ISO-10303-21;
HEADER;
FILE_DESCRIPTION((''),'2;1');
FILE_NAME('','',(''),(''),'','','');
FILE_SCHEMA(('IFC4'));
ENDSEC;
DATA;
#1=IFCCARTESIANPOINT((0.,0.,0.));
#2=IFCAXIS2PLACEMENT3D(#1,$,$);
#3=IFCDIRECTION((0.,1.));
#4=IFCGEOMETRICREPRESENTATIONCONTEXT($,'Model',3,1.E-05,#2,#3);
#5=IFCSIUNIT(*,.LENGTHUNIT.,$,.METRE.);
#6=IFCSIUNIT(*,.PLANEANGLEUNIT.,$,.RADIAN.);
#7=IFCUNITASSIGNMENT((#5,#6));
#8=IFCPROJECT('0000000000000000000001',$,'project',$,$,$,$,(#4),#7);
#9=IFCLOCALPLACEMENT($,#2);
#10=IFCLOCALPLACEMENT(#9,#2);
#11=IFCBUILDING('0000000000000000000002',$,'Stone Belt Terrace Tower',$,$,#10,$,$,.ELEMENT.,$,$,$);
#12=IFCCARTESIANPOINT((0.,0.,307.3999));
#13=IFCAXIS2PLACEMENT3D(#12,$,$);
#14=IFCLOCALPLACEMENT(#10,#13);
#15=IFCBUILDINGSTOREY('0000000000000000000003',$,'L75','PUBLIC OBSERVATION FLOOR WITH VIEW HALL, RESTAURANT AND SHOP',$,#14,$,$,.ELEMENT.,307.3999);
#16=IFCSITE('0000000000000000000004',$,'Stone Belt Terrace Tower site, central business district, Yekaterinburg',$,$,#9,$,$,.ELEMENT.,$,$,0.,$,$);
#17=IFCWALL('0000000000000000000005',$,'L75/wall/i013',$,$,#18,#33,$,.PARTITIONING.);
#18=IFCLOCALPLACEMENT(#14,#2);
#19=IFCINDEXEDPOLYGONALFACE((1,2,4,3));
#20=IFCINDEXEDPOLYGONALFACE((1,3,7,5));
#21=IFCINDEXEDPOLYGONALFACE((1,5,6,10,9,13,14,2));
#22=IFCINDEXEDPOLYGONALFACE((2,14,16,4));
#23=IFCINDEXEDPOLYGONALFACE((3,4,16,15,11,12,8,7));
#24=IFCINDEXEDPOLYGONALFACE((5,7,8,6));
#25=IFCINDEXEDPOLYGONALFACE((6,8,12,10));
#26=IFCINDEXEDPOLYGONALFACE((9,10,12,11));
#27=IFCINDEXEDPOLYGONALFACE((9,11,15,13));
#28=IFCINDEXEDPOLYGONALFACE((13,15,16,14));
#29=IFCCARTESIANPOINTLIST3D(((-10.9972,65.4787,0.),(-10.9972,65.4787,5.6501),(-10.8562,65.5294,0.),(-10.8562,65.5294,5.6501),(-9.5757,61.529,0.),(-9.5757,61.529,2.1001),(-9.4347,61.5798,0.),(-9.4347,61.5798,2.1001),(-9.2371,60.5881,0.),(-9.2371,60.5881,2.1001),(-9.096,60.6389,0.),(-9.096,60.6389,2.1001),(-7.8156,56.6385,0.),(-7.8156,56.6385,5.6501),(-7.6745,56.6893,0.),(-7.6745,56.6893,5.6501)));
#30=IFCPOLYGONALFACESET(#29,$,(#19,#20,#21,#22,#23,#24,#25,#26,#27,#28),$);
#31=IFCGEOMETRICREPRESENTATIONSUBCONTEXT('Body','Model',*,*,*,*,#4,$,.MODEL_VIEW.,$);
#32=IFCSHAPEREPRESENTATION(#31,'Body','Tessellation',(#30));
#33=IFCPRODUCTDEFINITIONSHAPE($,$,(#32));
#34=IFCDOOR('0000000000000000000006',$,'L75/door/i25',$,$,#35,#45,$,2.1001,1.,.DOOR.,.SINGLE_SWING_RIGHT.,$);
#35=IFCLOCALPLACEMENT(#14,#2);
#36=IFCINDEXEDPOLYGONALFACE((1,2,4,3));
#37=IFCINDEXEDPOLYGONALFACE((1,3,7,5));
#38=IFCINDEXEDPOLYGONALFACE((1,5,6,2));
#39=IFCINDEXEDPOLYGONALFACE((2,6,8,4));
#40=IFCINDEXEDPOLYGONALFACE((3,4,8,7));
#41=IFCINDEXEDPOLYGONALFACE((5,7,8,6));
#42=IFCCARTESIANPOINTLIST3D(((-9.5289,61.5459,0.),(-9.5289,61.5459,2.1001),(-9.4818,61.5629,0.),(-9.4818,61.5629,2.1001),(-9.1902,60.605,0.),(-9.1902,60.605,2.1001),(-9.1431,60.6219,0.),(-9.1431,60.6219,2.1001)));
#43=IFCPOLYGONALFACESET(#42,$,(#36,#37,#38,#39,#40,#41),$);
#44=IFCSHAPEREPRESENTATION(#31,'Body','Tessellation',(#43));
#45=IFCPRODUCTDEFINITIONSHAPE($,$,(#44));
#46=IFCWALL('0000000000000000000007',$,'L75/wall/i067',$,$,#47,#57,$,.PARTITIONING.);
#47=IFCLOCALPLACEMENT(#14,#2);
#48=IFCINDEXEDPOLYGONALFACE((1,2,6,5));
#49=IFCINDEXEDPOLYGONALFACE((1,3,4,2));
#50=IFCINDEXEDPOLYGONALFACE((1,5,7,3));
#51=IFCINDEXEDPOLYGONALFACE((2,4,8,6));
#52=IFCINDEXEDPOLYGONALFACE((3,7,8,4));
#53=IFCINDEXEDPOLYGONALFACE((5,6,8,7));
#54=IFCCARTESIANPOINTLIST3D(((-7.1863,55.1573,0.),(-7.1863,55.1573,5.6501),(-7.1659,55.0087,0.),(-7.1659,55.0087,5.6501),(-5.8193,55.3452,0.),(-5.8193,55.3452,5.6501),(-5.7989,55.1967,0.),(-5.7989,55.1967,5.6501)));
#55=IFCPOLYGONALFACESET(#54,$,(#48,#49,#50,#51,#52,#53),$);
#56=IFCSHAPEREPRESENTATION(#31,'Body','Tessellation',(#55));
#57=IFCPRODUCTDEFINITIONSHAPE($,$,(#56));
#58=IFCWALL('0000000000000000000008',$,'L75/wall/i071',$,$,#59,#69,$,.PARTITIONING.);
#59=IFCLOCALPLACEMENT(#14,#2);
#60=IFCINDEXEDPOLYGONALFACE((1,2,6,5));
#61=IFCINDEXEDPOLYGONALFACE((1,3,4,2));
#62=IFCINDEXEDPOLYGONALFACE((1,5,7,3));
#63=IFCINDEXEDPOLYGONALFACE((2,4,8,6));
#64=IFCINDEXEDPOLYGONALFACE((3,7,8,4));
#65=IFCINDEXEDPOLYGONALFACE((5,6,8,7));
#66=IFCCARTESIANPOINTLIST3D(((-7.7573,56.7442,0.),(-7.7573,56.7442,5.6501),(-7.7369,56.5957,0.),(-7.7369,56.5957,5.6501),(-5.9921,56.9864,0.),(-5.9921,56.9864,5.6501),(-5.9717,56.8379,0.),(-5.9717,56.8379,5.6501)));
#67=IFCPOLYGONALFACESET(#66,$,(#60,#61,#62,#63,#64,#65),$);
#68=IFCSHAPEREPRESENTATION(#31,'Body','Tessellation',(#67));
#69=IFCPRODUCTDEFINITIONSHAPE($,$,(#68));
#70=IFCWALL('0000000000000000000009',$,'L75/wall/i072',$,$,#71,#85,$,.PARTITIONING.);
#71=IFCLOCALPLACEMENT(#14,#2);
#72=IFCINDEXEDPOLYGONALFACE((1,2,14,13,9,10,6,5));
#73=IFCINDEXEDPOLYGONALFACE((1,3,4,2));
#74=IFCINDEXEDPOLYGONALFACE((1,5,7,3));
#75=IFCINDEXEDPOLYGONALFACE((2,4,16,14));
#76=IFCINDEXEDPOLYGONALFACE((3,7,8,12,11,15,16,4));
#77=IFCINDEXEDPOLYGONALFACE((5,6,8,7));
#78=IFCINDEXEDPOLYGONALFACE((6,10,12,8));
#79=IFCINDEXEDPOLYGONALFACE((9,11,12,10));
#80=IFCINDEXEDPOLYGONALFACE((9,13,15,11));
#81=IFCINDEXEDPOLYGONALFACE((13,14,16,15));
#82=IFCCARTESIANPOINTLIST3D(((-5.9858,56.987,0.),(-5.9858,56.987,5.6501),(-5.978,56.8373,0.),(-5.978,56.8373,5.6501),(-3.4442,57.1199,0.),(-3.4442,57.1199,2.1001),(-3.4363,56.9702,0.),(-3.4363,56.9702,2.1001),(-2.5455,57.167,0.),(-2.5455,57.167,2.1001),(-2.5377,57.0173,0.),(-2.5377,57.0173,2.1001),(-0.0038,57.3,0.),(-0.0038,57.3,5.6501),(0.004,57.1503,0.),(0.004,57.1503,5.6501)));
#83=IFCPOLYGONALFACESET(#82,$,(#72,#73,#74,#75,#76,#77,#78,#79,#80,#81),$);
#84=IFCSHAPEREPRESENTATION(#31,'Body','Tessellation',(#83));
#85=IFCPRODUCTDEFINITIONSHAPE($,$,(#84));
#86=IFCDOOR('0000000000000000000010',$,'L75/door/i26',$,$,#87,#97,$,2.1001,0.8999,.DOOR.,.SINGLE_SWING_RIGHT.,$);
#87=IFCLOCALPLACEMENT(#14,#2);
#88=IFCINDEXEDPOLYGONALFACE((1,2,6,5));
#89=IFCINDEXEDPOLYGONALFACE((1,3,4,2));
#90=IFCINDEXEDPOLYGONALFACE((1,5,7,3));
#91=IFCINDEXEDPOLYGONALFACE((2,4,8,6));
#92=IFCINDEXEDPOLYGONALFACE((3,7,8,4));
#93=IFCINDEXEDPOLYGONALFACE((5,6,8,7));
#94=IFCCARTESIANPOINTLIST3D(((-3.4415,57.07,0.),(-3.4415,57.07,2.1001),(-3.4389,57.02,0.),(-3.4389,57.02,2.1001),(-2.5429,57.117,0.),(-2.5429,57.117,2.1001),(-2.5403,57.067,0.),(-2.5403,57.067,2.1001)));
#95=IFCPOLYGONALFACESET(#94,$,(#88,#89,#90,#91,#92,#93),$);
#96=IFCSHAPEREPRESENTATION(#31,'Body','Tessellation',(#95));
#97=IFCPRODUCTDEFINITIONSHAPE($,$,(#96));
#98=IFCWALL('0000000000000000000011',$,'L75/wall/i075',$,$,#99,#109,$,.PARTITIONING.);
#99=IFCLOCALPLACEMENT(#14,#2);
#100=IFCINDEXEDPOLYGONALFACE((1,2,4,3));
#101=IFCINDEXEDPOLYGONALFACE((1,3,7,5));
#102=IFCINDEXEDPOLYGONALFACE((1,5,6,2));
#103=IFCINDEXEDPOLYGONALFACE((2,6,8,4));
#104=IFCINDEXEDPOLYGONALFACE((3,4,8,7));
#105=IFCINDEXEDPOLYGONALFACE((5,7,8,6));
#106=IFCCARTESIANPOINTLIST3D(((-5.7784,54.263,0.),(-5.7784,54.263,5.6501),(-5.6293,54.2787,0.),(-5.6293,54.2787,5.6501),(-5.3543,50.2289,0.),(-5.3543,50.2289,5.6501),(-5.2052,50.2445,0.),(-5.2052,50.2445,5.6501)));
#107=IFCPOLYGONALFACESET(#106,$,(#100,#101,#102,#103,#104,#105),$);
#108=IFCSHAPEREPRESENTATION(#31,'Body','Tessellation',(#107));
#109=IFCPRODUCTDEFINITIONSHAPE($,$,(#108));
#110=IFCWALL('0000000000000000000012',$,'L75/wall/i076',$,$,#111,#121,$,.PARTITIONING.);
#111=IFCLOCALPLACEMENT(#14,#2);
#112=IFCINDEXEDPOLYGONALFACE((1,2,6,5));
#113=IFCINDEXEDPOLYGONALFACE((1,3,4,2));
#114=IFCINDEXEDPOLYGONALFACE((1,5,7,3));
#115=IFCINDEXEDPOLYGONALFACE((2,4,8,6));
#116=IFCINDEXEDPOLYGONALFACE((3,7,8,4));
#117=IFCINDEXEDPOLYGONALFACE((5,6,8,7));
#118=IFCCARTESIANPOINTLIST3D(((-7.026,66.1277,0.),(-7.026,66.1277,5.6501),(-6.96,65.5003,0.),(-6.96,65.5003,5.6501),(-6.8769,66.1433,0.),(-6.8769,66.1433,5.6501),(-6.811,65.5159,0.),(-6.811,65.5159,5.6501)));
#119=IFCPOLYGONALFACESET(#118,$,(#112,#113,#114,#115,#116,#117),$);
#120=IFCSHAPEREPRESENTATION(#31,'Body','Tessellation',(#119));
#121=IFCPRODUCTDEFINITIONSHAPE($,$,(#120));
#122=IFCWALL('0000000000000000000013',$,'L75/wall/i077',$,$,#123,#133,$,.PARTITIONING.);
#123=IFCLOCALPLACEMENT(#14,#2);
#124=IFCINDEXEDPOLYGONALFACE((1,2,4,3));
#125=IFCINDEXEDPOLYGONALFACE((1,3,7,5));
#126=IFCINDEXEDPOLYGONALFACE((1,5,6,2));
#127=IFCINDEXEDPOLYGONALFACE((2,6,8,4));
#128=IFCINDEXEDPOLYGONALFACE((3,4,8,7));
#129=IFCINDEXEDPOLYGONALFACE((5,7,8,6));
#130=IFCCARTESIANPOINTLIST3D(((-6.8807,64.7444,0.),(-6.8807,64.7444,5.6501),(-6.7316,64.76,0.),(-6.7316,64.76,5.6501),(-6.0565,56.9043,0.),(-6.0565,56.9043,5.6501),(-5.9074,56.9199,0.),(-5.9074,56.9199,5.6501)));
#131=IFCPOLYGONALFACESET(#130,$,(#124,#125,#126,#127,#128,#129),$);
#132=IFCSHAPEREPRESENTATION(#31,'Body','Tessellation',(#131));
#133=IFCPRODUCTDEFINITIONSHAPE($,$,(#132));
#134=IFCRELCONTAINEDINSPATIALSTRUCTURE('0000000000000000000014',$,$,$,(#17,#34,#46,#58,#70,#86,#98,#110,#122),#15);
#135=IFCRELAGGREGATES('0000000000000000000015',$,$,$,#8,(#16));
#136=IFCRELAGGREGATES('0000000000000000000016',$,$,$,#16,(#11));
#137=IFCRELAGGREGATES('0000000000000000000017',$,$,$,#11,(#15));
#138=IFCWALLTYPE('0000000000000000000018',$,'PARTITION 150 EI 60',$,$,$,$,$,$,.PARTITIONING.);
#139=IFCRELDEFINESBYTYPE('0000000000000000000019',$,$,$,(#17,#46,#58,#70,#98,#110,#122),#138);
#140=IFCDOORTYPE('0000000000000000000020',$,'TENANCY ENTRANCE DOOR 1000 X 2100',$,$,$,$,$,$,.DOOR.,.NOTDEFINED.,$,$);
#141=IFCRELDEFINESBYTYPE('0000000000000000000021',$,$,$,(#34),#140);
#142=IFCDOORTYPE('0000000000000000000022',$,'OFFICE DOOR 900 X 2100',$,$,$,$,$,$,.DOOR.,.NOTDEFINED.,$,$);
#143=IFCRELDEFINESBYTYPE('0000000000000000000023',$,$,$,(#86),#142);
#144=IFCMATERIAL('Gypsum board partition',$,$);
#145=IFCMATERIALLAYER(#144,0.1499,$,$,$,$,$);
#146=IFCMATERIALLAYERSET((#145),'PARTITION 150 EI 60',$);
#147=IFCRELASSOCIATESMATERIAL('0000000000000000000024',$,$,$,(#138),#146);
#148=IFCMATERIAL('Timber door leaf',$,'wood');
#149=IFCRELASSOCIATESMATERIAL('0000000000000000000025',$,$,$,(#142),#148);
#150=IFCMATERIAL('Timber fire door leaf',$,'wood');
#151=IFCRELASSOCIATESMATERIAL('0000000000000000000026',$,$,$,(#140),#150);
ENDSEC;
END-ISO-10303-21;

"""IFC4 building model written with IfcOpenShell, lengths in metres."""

from ifc_helpers import new_model, si_unit, direction, frame, frame_2d, origin, place, context, subcontext, project, spatial, rectangle, extrude, material, layer, layer_set, type_object, element, fill, save


model = new_model("IFC4")

# Units and contexts
model_context = context("Model", 3, precision=1e-05, world=origin(), true_north=direction((0.0, 1.0)))
body_context = subcontext(model_context, "Body", "Model", "MODEL_VIEW")
ifc_project = project(units=[si_unit("LENGTHUNIT", "METRE"), si_unit("PLANEANGLEUNIT", "RADIAN")], contexts=[model_context])

# Site, building, storey
site_placement = place(None, origin())
site = spatial("IfcSite", under=ifc_project, at=site_placement, Name="Stone Belt Terrace Tower site, central business district, Yekaterinburg", CompositionType="ELEMENT", RefElevation=0.0)
building_placement = place(site_placement, origin())
building = spatial("IfcBuilding", under=site, at=building_placement, Name="Stone Belt Terrace Tower", CompositionType="ELEMENT")
storey_placement = place(building_placement, frame((0.0, 0.0, 307.3999)))
storey = spatial("IfcBuildingStorey", under=building, at=storey_placement, Name="L75", Description="PUBLIC OBSERVATION FLOOR WITH VIEW HALL, RESTAURANT AND SHOP", CompositionType="ELEMENT", Elevation=307.3999)

# Wall, opening, door
ifc_material_1 = material(Name="Gypsum board partition")
ifc_layer_1 = layer(ifc_material_1, 0.1499)
ifc_layer_set_1 = layer_set([ifc_layer_1], Name="PARTITION 150 EI 60")
wall_type_1 = type_object("IfcWallType", Name="PARTITION 150 EI 60", PredefinedType="PARTITIONING", material=ifc_layer_set_1)
ifc_material_2 = material(Name="Timber door leaf", Category="wood")
door_type_1 = type_object("IfcDoorType", Name="OFFICE DOOR 900 X 2100", OperationType="NOTDEFINED", PredefinedType="DOOR", material=ifc_material_2)
wall_1_placement = place(storey_placement, frame((-10.9268, 65.5042, 0.0), z_axis=(0.0, 0.0, 1.0), x_axis=(0.338645, -0.940914, 0.0)))
wall_1 = element("IfcWall", 1, at=wall_1_placement, inside=storey, type_object=wall_type_1, Name="L75/wall/i013", PredefinedType="PARTITIONING", context=body_context, shape_type="SweptSolid", body=[
    extrude(rectangle(XDim=9.3953, YDim=0.1499, at=frame_2d((4.6978, 0.0))), origin(), (0.0, 0.0, 1.0), 5.6501),
])
opening_1_placement = place(wall_1_placement, frame((4.1978, 0.0, 0.0)))
opening_1 = element("IfcOpeningElement", 2, at=opening_1_placement, cuts=wall_1, PredefinedType="OPENING", context=body_context, shape_type="SweptSolid", body=[
    extrude(rectangle(XDim=1.0, YDim=2.1001, at=frame_2d((0.5, 1.05))), frame((0.0, 0.085, 0.0), z_axis=(0.0, -1.0, 0.0), x_axis=(1.0, 0.0, 0.0)), (0.0, 0.0, 1.0), 0.1699),
])
ifc_material_3 = material(Name="Timber fire door leaf", Category="wood")
door_type_2 = type_object("IfcDoorType", Name="TENANCY ENTRANCE DOOR 1000 X 2100", OperationType="NOTDEFINED", PredefinedType="DOOR", material=ifc_material_3)
door_1_placement = place(opening_1_placement, origin())
door_1 = element("IfcDoor", 3, at=door_1_placement, inside=storey, type_object=door_type_2, Name="L75/door/i25", OperationType="SINGLE_SWING_RIGHT", OverallHeight=2.1001, OverallWidth=1.0, PredefinedType="DOOR", context=body_context, shape_type="SweptSolid", body=[
    extrude(rectangle(XDim=1.0, YDim=2.1001, at=frame_2d((0.5, 1.05))), frame((0.0, 0.0249, 0.0), z_axis=(0.0, -1.0, 0.0), x_axis=(1.0, 0.0, 0.0)), (0.0, 0.0, 1.0), 0.05),
])
fill(opening_1, door_1)

# Walls
wall_2_placement = place(storey_placement, frame((-5.8091, 55.271, 0.0), z_axis=(0.0, 0.0, 1.0), x_axis=(-0.990676, -0.136242, 0.0)))
element("IfcWall", 4, at=wall_2_placement, inside=storey, type_object=wall_type_1, Name="L75/wall/i067", PredefinedType="PARTITIONING", context=body_context, shape_type="SweptSolid", body=[
    extrude(rectangle(XDim=1.3799, YDim=0.1499, at=frame_2d((0.6899, 0.0))), origin(), (0.0, 0.0, 1.0), 5.6501),
])
wall_3_placement = place(storey_placement, frame((-7.7471, 56.6699, 0.0), z_axis=(0.0, 0.0, 1.0), x_axis=(0.990718, 0.135933, 0.0)))
element("IfcWall", 5, at=wall_3_placement, inside=storey, type_object=wall_type_1, Name="L75/wall/i071", PredefinedType="PARTITIONING", context=body_context, shape_type="SweptSolid", body=[
    extrude(rectangle(XDim=1.7817, YDim=0.1499, at=frame_2d((0.8909, 0.0))), origin(), (0.0, 0.0, 1.0), 5.6501),
])

# Wall, opening, door
wall_4_placement = place(storey_placement, frame((-5.9819, 56.9121, 0.0), z_axis=(0.0, 0.0, 1.0), x_axis=(0.998634, 0.052251, 0.0)))
wall_4 = element("IfcWall", 6, at=wall_4_placement, inside=storey, type_object=wall_type_1, Name="L75/wall/i072", PredefinedType="PARTITIONING", context=body_context, shape_type="SweptSolid", body=[
    extrude(rectangle(XDim=5.9902, YDim=0.1499, at=frame_2d((2.9951, 0.0))), origin(), (0.0, 0.0, 1.0), 5.6501),
])
opening_2_placement = place(wall_4_placement, frame((2.5452, 0.0, 0.0)))
opening_2 = element("IfcOpeningElement", 7, at=opening_2_placement, cuts=wall_4, PredefinedType="OPENING", context=body_context, shape_type="SweptSolid", body=[
    extrude(rectangle(XDim=0.8999, YDim=2.1001, at=frame_2d((0.45, 1.05))), frame((0.0, 0.085, 0.0), z_axis=(0.0, -1.0, 0.0), x_axis=(1.0, 0.0, 0.0)), (0.0, 0.0, 1.0), 0.1699),
])
door_2_placement = place(opening_2_placement, origin())
door_2 = element("IfcDoor", 8, at=door_2_placement, inside=storey, type_object=door_type_1, Name="L75/door/i26", OperationType="SINGLE_SWING_RIGHT", OverallHeight=2.1001, OverallWidth=0.8999, PredefinedType="DOOR", context=body_context, shape_type="SweptSolid", body=[
    extrude(rectangle(XDim=0.8999, YDim=2.1001, at=frame_2d((0.45, 1.05))), frame((0.0, 0.0249, 0.0), z_axis=(0.0, -1.0, 0.0), x_axis=(1.0, 0.0, 0.0)), (0.0, 0.0, 1.0), 0.05),
])
fill(opening_2, door_2)

# Walls
wall_5_placement = place(storey_placement, frame((-5.7039, 54.271, 0.0), z_axis=(0.0, 0.0, 1.0), x_axis=(0.104544, -0.99452, 0.0)))
element("IfcWall", 9, at=wall_5_placement, inside=storey, type_object=wall_type_1, Name="L75/wall/i075", PredefinedType="PARTITIONING", context=body_context, shape_type="SweptSolid", body=[
    extrude(rectangle(XDim=4.0564, YDim=0.1499, at=frame_2d((2.0283, 0.0))), origin(), (0.0, 0.0, 1.0), 5.6501),
])
wall_6_placement = place(storey_placement, frame((-6.9514, 66.1355, 0.0), z_axis=(0.0, 0.0, 1.0), x_axis=(0.104483, -0.994527, 0.0)))
element("IfcWall", 10, at=wall_6_placement, inside=storey, type_object=wall_type_1, Name="L75/wall/i076", PredefinedType="PARTITIONING", context=body_context, shape_type="SweptSolid", body=[
    extrude(rectangle(XDim=0.6309, YDim=0.1499, at=frame_2d((0.3154, 0.0))), origin(), (0.0, 0.0, 1.0), 5.6501),
])
wall_7_placement = place(storey_placement, frame((-6.8062, 64.7522, 0.0), z_axis=(0.0, 0.0, 1.0), x_axis=(0.104553, -0.994519, 0.0)))
element("IfcWall", 11, at=wall_7_placement, inside=storey, type_object=wall_type_1, Name="L75/wall/i077", PredefinedType="PARTITIONING", context=body_context, shape_type="SweptSolid", body=[
    extrude(rectangle(XDim=7.8833, YDim=0.1499, at=frame_2d((3.9417, 0.0))), origin(), (0.0, 0.0, 1.0), 5.6501),
])

save(model, "model.ifc")
